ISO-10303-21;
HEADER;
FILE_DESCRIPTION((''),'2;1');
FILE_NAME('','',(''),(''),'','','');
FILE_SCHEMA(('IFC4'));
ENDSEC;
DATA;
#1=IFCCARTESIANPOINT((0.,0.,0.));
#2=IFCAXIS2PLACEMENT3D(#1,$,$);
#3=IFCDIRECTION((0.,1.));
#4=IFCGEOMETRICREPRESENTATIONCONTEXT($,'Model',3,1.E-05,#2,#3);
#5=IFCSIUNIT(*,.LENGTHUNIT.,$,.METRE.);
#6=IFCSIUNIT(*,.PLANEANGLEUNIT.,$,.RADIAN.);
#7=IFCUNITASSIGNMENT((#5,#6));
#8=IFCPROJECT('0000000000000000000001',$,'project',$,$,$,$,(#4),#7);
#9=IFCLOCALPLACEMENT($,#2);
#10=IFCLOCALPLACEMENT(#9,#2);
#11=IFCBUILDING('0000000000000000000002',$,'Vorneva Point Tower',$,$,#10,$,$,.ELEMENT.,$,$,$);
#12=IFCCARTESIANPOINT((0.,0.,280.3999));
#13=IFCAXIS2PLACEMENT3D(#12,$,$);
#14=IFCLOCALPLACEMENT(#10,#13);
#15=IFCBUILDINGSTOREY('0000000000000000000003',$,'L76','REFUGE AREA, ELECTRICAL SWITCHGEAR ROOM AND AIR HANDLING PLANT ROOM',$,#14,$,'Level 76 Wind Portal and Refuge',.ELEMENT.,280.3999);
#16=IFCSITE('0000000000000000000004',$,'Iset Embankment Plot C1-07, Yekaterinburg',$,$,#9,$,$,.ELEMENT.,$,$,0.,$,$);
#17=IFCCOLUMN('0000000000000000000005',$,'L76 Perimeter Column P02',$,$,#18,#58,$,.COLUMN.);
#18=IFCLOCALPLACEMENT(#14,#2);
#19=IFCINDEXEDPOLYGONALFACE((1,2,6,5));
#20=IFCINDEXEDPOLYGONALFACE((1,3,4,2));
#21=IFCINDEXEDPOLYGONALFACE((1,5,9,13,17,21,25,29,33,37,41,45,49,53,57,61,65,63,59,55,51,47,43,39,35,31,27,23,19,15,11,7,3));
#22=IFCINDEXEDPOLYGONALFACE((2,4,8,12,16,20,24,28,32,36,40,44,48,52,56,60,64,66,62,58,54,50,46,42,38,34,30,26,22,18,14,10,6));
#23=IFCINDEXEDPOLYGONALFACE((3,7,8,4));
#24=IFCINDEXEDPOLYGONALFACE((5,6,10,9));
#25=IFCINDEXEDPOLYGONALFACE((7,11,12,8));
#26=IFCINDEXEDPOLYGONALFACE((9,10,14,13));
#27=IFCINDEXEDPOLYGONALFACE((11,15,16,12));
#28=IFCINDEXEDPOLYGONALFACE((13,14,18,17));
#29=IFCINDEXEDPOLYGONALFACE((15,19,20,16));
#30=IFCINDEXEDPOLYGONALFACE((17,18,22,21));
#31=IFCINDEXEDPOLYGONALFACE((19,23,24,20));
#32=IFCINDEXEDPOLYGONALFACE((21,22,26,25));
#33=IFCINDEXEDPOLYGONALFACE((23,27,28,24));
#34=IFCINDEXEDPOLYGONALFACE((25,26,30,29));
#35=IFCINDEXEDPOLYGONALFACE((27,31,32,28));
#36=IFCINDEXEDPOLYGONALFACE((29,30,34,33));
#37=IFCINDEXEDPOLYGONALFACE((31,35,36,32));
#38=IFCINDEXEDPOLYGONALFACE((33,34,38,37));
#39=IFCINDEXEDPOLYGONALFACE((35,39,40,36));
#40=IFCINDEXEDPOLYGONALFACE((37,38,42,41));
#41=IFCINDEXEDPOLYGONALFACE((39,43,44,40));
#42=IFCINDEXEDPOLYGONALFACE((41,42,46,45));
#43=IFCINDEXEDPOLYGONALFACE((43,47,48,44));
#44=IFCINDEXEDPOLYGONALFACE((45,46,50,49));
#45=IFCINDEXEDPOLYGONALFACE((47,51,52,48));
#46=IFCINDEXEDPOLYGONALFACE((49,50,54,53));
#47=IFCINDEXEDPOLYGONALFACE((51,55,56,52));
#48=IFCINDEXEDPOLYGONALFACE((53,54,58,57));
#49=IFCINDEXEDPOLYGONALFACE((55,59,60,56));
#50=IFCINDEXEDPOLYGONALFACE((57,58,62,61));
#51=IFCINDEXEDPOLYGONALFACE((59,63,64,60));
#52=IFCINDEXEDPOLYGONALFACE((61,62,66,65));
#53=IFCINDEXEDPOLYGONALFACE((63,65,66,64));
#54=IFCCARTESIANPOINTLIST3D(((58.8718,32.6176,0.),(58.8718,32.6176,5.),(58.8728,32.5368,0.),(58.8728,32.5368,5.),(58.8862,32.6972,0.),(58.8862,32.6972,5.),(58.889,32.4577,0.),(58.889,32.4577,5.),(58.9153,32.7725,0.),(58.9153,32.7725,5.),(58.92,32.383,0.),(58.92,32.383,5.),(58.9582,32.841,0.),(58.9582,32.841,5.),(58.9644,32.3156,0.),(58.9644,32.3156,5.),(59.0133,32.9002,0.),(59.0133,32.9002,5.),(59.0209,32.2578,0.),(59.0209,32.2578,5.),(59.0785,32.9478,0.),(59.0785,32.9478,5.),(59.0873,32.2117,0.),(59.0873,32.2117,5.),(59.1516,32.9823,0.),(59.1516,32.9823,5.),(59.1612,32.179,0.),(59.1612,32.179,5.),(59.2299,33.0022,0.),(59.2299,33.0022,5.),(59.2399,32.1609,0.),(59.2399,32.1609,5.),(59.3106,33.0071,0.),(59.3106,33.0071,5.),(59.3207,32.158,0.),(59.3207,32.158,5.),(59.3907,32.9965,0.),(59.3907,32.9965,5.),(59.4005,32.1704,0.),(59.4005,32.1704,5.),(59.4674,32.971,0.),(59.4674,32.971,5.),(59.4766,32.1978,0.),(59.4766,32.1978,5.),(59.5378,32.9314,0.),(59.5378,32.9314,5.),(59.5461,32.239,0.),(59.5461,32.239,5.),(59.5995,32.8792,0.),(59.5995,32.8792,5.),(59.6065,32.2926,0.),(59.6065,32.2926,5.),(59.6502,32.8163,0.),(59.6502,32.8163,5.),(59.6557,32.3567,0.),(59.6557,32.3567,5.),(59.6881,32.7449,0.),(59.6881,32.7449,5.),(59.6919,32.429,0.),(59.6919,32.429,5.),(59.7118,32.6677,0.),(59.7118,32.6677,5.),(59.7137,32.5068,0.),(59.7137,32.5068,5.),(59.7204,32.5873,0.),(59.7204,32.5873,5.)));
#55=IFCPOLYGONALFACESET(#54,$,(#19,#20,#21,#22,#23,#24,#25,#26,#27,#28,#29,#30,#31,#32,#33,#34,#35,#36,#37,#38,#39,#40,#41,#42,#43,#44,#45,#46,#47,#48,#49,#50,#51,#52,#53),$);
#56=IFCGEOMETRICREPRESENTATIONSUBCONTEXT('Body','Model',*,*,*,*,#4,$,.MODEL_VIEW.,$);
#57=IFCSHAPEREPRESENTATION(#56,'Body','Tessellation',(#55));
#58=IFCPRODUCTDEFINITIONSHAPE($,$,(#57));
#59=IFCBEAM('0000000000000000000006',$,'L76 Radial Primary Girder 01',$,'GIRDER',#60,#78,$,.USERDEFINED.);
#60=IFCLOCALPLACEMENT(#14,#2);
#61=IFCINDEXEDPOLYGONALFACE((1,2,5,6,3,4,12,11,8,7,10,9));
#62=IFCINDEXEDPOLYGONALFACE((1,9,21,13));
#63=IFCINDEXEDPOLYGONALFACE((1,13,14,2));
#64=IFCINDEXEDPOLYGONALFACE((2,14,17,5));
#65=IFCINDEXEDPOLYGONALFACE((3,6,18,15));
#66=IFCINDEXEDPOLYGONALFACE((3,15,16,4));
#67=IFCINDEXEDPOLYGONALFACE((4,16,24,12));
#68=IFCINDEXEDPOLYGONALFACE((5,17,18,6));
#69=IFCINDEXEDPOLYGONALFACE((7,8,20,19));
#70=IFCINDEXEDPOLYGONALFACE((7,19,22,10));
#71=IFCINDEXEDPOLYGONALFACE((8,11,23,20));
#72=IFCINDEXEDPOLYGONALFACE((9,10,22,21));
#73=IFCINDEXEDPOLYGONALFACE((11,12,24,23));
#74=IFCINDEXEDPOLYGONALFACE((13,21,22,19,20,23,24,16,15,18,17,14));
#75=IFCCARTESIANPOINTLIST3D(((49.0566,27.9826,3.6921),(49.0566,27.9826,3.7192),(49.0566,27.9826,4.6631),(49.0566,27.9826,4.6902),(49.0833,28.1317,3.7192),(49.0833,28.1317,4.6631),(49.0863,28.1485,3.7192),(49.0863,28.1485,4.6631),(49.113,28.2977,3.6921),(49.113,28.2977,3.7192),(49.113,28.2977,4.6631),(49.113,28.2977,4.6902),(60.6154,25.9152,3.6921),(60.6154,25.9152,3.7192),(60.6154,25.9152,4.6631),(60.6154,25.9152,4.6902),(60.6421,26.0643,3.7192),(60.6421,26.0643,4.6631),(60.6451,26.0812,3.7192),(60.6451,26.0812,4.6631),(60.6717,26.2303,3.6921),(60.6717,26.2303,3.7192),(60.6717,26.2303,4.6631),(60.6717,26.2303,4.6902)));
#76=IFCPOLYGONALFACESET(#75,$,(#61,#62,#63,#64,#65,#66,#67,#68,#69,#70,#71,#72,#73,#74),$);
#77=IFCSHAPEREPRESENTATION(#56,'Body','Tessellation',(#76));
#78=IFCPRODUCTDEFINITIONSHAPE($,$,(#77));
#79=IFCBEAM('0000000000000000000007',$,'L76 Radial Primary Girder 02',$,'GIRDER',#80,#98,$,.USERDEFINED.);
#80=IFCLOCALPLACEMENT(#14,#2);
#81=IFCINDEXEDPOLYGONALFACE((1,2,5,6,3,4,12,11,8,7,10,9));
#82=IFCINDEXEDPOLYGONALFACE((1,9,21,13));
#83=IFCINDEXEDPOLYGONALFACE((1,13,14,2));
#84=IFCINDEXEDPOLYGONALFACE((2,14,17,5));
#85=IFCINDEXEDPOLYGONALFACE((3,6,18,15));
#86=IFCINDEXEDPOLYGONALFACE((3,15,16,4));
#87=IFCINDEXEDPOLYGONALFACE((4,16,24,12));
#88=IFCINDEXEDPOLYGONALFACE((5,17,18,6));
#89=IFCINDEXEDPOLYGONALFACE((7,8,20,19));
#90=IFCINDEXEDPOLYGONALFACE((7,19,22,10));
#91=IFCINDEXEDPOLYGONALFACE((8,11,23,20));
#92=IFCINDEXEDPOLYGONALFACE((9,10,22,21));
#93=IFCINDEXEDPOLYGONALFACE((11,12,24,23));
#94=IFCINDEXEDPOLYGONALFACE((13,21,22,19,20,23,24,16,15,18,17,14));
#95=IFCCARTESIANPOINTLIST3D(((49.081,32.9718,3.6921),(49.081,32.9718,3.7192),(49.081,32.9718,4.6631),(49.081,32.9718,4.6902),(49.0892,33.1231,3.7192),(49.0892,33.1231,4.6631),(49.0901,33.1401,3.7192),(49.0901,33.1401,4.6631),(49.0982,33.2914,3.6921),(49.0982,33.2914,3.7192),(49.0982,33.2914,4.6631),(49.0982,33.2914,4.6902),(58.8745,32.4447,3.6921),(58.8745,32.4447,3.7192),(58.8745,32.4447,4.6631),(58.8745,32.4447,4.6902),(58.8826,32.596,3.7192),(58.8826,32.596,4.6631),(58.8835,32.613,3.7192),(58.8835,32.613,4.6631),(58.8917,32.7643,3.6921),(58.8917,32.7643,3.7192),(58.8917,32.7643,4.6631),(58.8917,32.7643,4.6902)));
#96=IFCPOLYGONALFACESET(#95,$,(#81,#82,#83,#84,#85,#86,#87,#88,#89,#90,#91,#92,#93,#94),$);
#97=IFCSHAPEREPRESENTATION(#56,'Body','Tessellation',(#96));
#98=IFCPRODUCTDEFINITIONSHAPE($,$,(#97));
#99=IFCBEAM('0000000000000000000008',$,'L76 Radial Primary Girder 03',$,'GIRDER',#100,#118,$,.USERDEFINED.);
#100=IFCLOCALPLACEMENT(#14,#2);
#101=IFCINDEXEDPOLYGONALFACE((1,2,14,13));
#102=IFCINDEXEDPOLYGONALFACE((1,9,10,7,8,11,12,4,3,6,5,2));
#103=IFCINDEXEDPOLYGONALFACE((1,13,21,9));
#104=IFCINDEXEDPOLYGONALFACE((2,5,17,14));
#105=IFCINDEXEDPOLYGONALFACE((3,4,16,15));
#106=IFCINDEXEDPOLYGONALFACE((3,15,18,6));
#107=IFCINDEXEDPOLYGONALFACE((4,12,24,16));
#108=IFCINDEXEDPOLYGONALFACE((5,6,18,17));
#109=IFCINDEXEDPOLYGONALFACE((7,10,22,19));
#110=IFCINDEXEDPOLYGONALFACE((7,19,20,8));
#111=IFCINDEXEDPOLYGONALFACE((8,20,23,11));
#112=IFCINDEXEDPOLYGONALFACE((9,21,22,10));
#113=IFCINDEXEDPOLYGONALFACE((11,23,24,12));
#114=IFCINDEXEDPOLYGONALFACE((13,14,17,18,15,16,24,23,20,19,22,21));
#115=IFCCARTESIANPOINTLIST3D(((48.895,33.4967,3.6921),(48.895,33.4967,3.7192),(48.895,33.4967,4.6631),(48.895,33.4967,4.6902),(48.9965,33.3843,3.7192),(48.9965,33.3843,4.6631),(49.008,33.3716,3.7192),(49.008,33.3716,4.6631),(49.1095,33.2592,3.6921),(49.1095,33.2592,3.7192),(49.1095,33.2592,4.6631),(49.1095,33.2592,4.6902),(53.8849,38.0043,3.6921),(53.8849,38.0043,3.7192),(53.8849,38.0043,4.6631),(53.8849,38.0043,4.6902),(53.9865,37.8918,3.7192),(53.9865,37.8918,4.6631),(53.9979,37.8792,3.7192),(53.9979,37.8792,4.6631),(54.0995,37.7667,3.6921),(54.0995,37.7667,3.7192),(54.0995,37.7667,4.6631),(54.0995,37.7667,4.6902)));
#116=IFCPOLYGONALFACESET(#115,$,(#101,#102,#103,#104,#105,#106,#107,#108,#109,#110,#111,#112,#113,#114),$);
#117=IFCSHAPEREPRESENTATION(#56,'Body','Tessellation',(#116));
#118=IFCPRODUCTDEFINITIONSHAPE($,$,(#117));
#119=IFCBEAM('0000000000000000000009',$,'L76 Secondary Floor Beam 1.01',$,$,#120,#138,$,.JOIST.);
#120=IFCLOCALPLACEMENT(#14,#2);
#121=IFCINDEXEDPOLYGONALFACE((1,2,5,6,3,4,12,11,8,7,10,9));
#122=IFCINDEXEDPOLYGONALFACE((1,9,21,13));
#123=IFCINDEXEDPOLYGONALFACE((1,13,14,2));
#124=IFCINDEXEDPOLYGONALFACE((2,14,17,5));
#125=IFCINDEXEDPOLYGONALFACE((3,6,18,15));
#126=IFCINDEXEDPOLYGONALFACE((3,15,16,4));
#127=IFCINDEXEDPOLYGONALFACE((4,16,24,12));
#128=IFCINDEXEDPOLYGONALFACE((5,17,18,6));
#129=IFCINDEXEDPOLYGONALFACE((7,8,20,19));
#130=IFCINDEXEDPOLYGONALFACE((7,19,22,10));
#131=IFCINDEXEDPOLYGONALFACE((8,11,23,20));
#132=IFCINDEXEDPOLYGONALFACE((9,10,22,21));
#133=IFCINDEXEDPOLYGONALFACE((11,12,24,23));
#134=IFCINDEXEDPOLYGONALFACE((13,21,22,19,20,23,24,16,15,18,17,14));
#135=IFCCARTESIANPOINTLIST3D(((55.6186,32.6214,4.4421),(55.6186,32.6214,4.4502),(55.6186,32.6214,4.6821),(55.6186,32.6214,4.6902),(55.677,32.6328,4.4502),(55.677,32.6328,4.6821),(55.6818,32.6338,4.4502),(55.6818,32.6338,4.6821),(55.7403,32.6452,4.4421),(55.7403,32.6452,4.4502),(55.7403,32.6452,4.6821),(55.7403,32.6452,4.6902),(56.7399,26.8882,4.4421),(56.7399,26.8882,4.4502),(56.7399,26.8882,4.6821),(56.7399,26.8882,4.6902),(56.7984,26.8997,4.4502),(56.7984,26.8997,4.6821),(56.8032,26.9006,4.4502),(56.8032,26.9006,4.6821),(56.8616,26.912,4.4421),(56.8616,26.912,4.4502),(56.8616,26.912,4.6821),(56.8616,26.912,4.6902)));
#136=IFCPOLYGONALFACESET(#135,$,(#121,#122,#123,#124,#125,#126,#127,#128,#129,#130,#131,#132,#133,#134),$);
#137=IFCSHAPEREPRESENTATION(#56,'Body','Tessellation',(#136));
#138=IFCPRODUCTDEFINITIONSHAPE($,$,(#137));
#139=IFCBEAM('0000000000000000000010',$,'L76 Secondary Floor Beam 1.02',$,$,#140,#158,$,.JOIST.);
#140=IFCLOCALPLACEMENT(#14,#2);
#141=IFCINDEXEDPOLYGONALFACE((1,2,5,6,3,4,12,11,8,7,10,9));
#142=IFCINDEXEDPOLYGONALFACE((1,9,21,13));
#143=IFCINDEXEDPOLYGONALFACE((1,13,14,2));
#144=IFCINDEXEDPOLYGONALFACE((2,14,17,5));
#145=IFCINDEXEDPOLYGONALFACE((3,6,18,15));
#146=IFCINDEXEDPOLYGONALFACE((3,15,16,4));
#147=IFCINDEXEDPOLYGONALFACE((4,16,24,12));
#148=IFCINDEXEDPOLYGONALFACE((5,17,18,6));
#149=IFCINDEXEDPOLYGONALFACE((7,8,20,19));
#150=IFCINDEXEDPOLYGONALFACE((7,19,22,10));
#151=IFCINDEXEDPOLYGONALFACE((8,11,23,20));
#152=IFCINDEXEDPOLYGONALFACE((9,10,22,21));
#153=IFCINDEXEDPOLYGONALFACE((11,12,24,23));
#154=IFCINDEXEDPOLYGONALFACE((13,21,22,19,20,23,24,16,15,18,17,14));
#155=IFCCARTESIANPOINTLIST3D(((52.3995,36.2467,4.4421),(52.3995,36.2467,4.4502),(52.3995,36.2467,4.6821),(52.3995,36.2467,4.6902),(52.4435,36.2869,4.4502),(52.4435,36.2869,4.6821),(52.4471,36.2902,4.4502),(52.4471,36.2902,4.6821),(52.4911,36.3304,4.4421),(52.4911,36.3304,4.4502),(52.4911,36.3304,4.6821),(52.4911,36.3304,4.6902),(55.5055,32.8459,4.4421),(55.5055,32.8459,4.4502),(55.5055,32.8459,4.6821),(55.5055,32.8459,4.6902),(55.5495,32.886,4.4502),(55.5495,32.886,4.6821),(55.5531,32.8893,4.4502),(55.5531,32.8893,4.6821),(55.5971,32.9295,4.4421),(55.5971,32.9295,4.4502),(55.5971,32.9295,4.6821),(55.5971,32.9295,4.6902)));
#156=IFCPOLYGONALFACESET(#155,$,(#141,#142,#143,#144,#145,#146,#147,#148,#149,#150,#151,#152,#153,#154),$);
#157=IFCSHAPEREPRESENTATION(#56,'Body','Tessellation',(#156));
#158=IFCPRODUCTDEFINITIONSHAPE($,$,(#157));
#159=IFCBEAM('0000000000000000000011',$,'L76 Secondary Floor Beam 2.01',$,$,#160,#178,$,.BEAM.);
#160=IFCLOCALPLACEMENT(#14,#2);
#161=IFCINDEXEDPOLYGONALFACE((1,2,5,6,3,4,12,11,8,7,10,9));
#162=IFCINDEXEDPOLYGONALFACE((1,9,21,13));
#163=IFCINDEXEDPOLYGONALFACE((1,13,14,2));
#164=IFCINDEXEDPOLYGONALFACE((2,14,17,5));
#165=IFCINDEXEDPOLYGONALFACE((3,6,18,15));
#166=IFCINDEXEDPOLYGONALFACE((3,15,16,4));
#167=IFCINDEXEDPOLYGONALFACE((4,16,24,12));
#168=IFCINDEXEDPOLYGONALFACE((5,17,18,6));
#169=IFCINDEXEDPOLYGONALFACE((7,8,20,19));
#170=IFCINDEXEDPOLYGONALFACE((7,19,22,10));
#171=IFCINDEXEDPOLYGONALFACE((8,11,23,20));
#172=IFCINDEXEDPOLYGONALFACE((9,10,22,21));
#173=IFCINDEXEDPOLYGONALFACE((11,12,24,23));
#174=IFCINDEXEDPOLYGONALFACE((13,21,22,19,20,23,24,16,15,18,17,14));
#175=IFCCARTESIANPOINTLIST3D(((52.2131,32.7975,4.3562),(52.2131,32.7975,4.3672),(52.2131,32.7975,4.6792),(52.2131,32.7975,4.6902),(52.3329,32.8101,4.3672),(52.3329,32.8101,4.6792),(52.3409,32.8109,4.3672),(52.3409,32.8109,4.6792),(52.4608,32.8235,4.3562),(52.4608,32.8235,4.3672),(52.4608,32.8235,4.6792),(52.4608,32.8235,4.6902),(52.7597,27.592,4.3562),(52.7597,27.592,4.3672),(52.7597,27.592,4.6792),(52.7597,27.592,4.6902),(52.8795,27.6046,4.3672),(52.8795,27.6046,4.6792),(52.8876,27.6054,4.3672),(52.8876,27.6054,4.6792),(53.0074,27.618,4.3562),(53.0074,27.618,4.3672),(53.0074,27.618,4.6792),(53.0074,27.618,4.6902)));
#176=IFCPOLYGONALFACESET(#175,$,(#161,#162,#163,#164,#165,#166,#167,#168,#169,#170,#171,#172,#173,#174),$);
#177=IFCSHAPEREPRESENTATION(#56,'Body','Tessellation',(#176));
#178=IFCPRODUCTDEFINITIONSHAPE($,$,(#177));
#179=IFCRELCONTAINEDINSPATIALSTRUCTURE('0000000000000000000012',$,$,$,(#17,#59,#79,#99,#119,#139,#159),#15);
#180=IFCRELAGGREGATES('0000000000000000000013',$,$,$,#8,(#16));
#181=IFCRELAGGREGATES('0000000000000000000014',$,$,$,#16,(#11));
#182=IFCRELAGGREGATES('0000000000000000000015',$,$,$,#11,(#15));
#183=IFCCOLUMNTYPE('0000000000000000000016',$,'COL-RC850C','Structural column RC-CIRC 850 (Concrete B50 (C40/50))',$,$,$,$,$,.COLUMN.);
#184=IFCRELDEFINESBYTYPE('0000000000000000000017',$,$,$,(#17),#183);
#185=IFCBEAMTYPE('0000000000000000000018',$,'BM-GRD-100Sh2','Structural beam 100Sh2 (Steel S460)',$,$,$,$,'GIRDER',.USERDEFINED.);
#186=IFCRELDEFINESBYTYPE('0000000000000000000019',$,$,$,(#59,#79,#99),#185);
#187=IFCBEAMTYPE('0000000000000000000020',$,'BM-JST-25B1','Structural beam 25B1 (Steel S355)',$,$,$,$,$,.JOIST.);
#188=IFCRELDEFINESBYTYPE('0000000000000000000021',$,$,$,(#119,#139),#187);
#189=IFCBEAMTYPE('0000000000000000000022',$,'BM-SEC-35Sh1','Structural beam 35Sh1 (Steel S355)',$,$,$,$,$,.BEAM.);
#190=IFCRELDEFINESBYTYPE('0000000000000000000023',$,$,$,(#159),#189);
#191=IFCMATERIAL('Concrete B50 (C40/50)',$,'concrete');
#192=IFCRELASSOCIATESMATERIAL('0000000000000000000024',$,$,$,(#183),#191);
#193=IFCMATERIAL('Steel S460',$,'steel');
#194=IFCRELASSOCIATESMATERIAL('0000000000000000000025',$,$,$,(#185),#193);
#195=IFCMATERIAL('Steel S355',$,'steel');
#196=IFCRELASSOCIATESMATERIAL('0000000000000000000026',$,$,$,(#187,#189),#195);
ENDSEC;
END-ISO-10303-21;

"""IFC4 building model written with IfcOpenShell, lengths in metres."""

from ifc_helpers import new_model, si_unit, direction, frame, origin, origin_2d, place, context, subcontext, project, spatial, circle, i_section, extrude, material, material_profile, profile_set, type_object, element, save


model = new_model("IFC4")

# Units and contexts
model_context = context("Model", 3, precision=1e-05, world=origin(), true_north=direction((0.0, 1.0)))
body_context = subcontext(model_context, "Body", "Model", "MODEL_VIEW")
ifc_project = project(units=[si_unit("LENGTHUNIT", "METRE"), si_unit("PLANEANGLEUNIT", "RADIAN")], contexts=[model_context])

# Site, building, storey
site_placement = place(None, origin())
site = spatial("IfcSite", under=ifc_project, at=site_placement, Name="Iset Embankment Plot C1-07, Yekaterinburg", CompositionType="ELEMENT", RefElevation=0.0)
building_placement = place(site_placement, origin())
building = spatial("IfcBuilding", under=site, at=building_placement, Name="Vorneva Point Tower", CompositionType="ELEMENT")
storey_placement = place(building_placement, frame((0.0, 0.0, 280.3999)))
storey = spatial("IfcBuildingStorey", under=building, at=storey_placement, Name="L76", Description="REFUGE AREA, ELECTRICAL SWITCHGEAR ROOM AND AIR HANDLING PLANT ROOM", LongName="Level 76 Wind Portal and Refuge", CompositionType="ELEMENT", Elevation=280.3999)

# Column
ifc_material_1 = material(Name="Concrete B50 (C40/50)", Category="concrete")
ifc_material_profile_1 = material_profile(ifc_material_1, circle(Radius=0.425, at=origin_2d()), Name="RC-CIRC 850")
ifc_profile_set_1 = profile_set([ifc_material_profile_1], Name="Concrete B50 (C40/50)")
column_type = type_object("IfcColumnType", Name="COL-RC850C", Description="Structural column RC-CIRC 850 (Concrete B50 (C40/50))", PredefinedType="COLUMN", material=ifc_profile_set_1)
for number, where, z_axis, x_axis, name in (
    (1, (59.2954, 32.5823, 0.0), (0.0, 0.0, 1.0), (0.92388, 0.382683, 0.0), "L76 Perimeter Column P02"),
):
    element("IfcColumn", number, at=place(storey_placement, frame(where, z_axis=z_axis, x_axis=x_axis)), inside=storey, type_object=column_type, Name=name, PredefinedType="COLUMN", context=body_context, shape_type="SweptSolid", body=[
        extrude(circle(Radius=0.425, at=origin_2d()), origin(), (0.0, 0.0, 1.0), 5.0),
    ])

# Beams
ifc_material_2 = material(Name="Steel S460", Category="steel")
ifc_material_profile_2 = material_profile(ifc_material_2, i_section(OverallWidth=0.3201, OverallDepth=0.998, WebThickness=0.0171, FlangeThickness=0.0271, at=origin_2d()), Name="100Sh2")
ifc_profile_set_2 = profile_set([ifc_material_profile_2], Name="Steel S460")
beam_type_1 = type_object("IfcBeamType", Name="BM-GRD-100Sh2", Description="Structural beam 100Sh2 (Steel S460)", ElementType="GIRDER", PredefinedType="USERDEFINED", material=ifc_profile_set_2)
beam_1_placement = place(storey_placement, frame((60.6436, 26.0728, 4.1912), z_axis=(-0.984379, 0.176063, 0.0), x_axis=(-0.176063, -0.984379, 0.0)))
element("IfcBeam", 2, at=beam_1_placement, inside=storey, type_object=beam_type_1, Name="L76 Radial Primary Girder 01", ObjectType="GIRDER", PredefinedType="USERDEFINED", context=body_context, shape_type="SweptSolid", body=[
    extrude(i_section(OverallWidth=0.3201, OverallDepth=0.998, WebThickness=0.0171, FlangeThickness=0.0271, at=origin_2d()), origin(), (0.0, 0.0, 1.0), 11.7422),
])
beam_2_placement = place(storey_placement, frame((58.8831, 32.6045, 4.1912), z_axis=(-0.998555, 0.053744, 0.0), x_axis=(-0.053744, -0.998555, 0.0)))
element("IfcBeam", 3, at=beam_2_placement, inside=storey, type_object=beam_type_1, Name="L76 Radial Primary Girder 02", ObjectType="GIRDER", PredefinedType="USERDEFINED", context=body_context, shape_type="SweptSolid", body=[
    extrude(i_section(OverallWidth=0.3201, OverallDepth=0.998, WebThickness=0.0171, FlangeThickness=0.0271, at=origin_2d()), origin(), (0.0, 0.0, 1.0), 9.8076),
])
beam_3_placement = place(storey_placement, frame((53.9922, 37.8855, 4.1912), z_axis=(-0.742067, -0.670326, 0.0), x_axis=(0.670326, -0.742067, 0.0)))
element("IfcBeam", 4, at=beam_3_placement, inside=storey, type_object=beam_type_1, Name="L76 Radial Primary Girder 03", ObjectType="GIRDER", PredefinedType="USERDEFINED", context=body_context, shape_type="SweptSolid", body=[
    extrude(i_section(OverallWidth=0.3201, OverallDepth=0.998, WebThickness=0.0171, FlangeThickness=0.0271, at=origin_2d()), origin(), (0.0, 0.0, 1.0), 6.7244),
])
ifc_material_3 = material(Name="Steel S355", Category="steel")
ifc_material_profile_3 = material_profile(ifc_material_3, i_section(OverallWidth=0.124, OverallDepth=0.248, WebThickness=0.0049, FlangeThickness=0.0081, at=origin_2d()), Name="25B1")
ifc_profile_set_3 = profile_set([ifc_material_profile_3], Name="Steel S355")
beam_type_2 = type_object("IfcBeamType", Name="BM-JST-25B1", Description="Structural beam 25B1 (Steel S355)", PredefinedType="JOIST", material=ifc_profile_set_3)
beam_4_placement = place(storey_placement, frame((56.8008, 26.9001, 4.5662), z_axis=(-0.191951, 0.981404, 0.0), x_axis=(-0.981404, -0.191951, 0.0)))
element("IfcBeam", 5, at=beam_4_placement, inside=storey, type_object=beam_type_2, Name="L76 Secondary Floor Beam 1.01", PredefinedType="JOIST", context=body_context, shape_type="SweptSolid", body=[
    extrude(i_section(OverallWidth=0.124, OverallDepth=0.248, WebThickness=0.0049, FlangeThickness=0.0081, at=origin_2d()), origin(), (0.0, 0.0, 1.0), 5.8418),
])
beam_5_placement = place(storey_placement, frame((55.5513, 32.8877, 4.5662), z_axis=(-0.674365, 0.738398, 0.0), x_axis=(-0.738398, -0.674365, 0.0)))
element("IfcBeam", 6, at=beam_5_placement, inside=storey, type_object=beam_type_2, Name="L76 Secondary Floor Beam 1.02", PredefinedType="JOIST", context=body_context, shape_type="SweptSolid", body=[
    extrude(i_section(OverallWidth=0.124, OverallDepth=0.248, WebThickness=0.0049, FlangeThickness=0.0081, at=origin_2d()), origin(), (0.0, 0.0, 1.0), 4.6057),
])
ifc_material_profile_4 = material_profile(ifc_material_3, i_section(OverallWidth=0.249, OverallDepth=0.334, WebThickness=0.0081, FlangeThickness=0.011, at=origin_2d()), Name="35Sh1")
ifc_profile_set_4 = profile_set([ifc_material_profile_4], Name="Steel S355")
beam_type_3 = type_object("IfcBeamType", Name="BM-SEC-35Sh1", Description="Structural beam 35Sh1 (Steel S355)", PredefinedType="BEAM", material=ifc_profile_set_4)
beam_6_placement = place(storey_placement, frame((52.8835, 27.605, 4.5232), z_axis=(-0.104435, 0.994532, 0.0), x_axis=(-0.994532, -0.104435, 0.0)))
element("IfcBeam", 7, at=beam_6_placement, inside=storey, type_object=beam_type_3, Name="L76 Secondary Floor Beam 2.01", PredefinedType="BEAM", context=body_context, shape_type="SweptSolid", body=[
    extrude(i_section(OverallWidth=0.249, OverallDepth=0.334, WebThickness=0.0081, FlangeThickness=0.011, at=origin_2d()), origin(), (0.0, 0.0, 1.0), 5.2341),
])

save(model, "model.ifc")
